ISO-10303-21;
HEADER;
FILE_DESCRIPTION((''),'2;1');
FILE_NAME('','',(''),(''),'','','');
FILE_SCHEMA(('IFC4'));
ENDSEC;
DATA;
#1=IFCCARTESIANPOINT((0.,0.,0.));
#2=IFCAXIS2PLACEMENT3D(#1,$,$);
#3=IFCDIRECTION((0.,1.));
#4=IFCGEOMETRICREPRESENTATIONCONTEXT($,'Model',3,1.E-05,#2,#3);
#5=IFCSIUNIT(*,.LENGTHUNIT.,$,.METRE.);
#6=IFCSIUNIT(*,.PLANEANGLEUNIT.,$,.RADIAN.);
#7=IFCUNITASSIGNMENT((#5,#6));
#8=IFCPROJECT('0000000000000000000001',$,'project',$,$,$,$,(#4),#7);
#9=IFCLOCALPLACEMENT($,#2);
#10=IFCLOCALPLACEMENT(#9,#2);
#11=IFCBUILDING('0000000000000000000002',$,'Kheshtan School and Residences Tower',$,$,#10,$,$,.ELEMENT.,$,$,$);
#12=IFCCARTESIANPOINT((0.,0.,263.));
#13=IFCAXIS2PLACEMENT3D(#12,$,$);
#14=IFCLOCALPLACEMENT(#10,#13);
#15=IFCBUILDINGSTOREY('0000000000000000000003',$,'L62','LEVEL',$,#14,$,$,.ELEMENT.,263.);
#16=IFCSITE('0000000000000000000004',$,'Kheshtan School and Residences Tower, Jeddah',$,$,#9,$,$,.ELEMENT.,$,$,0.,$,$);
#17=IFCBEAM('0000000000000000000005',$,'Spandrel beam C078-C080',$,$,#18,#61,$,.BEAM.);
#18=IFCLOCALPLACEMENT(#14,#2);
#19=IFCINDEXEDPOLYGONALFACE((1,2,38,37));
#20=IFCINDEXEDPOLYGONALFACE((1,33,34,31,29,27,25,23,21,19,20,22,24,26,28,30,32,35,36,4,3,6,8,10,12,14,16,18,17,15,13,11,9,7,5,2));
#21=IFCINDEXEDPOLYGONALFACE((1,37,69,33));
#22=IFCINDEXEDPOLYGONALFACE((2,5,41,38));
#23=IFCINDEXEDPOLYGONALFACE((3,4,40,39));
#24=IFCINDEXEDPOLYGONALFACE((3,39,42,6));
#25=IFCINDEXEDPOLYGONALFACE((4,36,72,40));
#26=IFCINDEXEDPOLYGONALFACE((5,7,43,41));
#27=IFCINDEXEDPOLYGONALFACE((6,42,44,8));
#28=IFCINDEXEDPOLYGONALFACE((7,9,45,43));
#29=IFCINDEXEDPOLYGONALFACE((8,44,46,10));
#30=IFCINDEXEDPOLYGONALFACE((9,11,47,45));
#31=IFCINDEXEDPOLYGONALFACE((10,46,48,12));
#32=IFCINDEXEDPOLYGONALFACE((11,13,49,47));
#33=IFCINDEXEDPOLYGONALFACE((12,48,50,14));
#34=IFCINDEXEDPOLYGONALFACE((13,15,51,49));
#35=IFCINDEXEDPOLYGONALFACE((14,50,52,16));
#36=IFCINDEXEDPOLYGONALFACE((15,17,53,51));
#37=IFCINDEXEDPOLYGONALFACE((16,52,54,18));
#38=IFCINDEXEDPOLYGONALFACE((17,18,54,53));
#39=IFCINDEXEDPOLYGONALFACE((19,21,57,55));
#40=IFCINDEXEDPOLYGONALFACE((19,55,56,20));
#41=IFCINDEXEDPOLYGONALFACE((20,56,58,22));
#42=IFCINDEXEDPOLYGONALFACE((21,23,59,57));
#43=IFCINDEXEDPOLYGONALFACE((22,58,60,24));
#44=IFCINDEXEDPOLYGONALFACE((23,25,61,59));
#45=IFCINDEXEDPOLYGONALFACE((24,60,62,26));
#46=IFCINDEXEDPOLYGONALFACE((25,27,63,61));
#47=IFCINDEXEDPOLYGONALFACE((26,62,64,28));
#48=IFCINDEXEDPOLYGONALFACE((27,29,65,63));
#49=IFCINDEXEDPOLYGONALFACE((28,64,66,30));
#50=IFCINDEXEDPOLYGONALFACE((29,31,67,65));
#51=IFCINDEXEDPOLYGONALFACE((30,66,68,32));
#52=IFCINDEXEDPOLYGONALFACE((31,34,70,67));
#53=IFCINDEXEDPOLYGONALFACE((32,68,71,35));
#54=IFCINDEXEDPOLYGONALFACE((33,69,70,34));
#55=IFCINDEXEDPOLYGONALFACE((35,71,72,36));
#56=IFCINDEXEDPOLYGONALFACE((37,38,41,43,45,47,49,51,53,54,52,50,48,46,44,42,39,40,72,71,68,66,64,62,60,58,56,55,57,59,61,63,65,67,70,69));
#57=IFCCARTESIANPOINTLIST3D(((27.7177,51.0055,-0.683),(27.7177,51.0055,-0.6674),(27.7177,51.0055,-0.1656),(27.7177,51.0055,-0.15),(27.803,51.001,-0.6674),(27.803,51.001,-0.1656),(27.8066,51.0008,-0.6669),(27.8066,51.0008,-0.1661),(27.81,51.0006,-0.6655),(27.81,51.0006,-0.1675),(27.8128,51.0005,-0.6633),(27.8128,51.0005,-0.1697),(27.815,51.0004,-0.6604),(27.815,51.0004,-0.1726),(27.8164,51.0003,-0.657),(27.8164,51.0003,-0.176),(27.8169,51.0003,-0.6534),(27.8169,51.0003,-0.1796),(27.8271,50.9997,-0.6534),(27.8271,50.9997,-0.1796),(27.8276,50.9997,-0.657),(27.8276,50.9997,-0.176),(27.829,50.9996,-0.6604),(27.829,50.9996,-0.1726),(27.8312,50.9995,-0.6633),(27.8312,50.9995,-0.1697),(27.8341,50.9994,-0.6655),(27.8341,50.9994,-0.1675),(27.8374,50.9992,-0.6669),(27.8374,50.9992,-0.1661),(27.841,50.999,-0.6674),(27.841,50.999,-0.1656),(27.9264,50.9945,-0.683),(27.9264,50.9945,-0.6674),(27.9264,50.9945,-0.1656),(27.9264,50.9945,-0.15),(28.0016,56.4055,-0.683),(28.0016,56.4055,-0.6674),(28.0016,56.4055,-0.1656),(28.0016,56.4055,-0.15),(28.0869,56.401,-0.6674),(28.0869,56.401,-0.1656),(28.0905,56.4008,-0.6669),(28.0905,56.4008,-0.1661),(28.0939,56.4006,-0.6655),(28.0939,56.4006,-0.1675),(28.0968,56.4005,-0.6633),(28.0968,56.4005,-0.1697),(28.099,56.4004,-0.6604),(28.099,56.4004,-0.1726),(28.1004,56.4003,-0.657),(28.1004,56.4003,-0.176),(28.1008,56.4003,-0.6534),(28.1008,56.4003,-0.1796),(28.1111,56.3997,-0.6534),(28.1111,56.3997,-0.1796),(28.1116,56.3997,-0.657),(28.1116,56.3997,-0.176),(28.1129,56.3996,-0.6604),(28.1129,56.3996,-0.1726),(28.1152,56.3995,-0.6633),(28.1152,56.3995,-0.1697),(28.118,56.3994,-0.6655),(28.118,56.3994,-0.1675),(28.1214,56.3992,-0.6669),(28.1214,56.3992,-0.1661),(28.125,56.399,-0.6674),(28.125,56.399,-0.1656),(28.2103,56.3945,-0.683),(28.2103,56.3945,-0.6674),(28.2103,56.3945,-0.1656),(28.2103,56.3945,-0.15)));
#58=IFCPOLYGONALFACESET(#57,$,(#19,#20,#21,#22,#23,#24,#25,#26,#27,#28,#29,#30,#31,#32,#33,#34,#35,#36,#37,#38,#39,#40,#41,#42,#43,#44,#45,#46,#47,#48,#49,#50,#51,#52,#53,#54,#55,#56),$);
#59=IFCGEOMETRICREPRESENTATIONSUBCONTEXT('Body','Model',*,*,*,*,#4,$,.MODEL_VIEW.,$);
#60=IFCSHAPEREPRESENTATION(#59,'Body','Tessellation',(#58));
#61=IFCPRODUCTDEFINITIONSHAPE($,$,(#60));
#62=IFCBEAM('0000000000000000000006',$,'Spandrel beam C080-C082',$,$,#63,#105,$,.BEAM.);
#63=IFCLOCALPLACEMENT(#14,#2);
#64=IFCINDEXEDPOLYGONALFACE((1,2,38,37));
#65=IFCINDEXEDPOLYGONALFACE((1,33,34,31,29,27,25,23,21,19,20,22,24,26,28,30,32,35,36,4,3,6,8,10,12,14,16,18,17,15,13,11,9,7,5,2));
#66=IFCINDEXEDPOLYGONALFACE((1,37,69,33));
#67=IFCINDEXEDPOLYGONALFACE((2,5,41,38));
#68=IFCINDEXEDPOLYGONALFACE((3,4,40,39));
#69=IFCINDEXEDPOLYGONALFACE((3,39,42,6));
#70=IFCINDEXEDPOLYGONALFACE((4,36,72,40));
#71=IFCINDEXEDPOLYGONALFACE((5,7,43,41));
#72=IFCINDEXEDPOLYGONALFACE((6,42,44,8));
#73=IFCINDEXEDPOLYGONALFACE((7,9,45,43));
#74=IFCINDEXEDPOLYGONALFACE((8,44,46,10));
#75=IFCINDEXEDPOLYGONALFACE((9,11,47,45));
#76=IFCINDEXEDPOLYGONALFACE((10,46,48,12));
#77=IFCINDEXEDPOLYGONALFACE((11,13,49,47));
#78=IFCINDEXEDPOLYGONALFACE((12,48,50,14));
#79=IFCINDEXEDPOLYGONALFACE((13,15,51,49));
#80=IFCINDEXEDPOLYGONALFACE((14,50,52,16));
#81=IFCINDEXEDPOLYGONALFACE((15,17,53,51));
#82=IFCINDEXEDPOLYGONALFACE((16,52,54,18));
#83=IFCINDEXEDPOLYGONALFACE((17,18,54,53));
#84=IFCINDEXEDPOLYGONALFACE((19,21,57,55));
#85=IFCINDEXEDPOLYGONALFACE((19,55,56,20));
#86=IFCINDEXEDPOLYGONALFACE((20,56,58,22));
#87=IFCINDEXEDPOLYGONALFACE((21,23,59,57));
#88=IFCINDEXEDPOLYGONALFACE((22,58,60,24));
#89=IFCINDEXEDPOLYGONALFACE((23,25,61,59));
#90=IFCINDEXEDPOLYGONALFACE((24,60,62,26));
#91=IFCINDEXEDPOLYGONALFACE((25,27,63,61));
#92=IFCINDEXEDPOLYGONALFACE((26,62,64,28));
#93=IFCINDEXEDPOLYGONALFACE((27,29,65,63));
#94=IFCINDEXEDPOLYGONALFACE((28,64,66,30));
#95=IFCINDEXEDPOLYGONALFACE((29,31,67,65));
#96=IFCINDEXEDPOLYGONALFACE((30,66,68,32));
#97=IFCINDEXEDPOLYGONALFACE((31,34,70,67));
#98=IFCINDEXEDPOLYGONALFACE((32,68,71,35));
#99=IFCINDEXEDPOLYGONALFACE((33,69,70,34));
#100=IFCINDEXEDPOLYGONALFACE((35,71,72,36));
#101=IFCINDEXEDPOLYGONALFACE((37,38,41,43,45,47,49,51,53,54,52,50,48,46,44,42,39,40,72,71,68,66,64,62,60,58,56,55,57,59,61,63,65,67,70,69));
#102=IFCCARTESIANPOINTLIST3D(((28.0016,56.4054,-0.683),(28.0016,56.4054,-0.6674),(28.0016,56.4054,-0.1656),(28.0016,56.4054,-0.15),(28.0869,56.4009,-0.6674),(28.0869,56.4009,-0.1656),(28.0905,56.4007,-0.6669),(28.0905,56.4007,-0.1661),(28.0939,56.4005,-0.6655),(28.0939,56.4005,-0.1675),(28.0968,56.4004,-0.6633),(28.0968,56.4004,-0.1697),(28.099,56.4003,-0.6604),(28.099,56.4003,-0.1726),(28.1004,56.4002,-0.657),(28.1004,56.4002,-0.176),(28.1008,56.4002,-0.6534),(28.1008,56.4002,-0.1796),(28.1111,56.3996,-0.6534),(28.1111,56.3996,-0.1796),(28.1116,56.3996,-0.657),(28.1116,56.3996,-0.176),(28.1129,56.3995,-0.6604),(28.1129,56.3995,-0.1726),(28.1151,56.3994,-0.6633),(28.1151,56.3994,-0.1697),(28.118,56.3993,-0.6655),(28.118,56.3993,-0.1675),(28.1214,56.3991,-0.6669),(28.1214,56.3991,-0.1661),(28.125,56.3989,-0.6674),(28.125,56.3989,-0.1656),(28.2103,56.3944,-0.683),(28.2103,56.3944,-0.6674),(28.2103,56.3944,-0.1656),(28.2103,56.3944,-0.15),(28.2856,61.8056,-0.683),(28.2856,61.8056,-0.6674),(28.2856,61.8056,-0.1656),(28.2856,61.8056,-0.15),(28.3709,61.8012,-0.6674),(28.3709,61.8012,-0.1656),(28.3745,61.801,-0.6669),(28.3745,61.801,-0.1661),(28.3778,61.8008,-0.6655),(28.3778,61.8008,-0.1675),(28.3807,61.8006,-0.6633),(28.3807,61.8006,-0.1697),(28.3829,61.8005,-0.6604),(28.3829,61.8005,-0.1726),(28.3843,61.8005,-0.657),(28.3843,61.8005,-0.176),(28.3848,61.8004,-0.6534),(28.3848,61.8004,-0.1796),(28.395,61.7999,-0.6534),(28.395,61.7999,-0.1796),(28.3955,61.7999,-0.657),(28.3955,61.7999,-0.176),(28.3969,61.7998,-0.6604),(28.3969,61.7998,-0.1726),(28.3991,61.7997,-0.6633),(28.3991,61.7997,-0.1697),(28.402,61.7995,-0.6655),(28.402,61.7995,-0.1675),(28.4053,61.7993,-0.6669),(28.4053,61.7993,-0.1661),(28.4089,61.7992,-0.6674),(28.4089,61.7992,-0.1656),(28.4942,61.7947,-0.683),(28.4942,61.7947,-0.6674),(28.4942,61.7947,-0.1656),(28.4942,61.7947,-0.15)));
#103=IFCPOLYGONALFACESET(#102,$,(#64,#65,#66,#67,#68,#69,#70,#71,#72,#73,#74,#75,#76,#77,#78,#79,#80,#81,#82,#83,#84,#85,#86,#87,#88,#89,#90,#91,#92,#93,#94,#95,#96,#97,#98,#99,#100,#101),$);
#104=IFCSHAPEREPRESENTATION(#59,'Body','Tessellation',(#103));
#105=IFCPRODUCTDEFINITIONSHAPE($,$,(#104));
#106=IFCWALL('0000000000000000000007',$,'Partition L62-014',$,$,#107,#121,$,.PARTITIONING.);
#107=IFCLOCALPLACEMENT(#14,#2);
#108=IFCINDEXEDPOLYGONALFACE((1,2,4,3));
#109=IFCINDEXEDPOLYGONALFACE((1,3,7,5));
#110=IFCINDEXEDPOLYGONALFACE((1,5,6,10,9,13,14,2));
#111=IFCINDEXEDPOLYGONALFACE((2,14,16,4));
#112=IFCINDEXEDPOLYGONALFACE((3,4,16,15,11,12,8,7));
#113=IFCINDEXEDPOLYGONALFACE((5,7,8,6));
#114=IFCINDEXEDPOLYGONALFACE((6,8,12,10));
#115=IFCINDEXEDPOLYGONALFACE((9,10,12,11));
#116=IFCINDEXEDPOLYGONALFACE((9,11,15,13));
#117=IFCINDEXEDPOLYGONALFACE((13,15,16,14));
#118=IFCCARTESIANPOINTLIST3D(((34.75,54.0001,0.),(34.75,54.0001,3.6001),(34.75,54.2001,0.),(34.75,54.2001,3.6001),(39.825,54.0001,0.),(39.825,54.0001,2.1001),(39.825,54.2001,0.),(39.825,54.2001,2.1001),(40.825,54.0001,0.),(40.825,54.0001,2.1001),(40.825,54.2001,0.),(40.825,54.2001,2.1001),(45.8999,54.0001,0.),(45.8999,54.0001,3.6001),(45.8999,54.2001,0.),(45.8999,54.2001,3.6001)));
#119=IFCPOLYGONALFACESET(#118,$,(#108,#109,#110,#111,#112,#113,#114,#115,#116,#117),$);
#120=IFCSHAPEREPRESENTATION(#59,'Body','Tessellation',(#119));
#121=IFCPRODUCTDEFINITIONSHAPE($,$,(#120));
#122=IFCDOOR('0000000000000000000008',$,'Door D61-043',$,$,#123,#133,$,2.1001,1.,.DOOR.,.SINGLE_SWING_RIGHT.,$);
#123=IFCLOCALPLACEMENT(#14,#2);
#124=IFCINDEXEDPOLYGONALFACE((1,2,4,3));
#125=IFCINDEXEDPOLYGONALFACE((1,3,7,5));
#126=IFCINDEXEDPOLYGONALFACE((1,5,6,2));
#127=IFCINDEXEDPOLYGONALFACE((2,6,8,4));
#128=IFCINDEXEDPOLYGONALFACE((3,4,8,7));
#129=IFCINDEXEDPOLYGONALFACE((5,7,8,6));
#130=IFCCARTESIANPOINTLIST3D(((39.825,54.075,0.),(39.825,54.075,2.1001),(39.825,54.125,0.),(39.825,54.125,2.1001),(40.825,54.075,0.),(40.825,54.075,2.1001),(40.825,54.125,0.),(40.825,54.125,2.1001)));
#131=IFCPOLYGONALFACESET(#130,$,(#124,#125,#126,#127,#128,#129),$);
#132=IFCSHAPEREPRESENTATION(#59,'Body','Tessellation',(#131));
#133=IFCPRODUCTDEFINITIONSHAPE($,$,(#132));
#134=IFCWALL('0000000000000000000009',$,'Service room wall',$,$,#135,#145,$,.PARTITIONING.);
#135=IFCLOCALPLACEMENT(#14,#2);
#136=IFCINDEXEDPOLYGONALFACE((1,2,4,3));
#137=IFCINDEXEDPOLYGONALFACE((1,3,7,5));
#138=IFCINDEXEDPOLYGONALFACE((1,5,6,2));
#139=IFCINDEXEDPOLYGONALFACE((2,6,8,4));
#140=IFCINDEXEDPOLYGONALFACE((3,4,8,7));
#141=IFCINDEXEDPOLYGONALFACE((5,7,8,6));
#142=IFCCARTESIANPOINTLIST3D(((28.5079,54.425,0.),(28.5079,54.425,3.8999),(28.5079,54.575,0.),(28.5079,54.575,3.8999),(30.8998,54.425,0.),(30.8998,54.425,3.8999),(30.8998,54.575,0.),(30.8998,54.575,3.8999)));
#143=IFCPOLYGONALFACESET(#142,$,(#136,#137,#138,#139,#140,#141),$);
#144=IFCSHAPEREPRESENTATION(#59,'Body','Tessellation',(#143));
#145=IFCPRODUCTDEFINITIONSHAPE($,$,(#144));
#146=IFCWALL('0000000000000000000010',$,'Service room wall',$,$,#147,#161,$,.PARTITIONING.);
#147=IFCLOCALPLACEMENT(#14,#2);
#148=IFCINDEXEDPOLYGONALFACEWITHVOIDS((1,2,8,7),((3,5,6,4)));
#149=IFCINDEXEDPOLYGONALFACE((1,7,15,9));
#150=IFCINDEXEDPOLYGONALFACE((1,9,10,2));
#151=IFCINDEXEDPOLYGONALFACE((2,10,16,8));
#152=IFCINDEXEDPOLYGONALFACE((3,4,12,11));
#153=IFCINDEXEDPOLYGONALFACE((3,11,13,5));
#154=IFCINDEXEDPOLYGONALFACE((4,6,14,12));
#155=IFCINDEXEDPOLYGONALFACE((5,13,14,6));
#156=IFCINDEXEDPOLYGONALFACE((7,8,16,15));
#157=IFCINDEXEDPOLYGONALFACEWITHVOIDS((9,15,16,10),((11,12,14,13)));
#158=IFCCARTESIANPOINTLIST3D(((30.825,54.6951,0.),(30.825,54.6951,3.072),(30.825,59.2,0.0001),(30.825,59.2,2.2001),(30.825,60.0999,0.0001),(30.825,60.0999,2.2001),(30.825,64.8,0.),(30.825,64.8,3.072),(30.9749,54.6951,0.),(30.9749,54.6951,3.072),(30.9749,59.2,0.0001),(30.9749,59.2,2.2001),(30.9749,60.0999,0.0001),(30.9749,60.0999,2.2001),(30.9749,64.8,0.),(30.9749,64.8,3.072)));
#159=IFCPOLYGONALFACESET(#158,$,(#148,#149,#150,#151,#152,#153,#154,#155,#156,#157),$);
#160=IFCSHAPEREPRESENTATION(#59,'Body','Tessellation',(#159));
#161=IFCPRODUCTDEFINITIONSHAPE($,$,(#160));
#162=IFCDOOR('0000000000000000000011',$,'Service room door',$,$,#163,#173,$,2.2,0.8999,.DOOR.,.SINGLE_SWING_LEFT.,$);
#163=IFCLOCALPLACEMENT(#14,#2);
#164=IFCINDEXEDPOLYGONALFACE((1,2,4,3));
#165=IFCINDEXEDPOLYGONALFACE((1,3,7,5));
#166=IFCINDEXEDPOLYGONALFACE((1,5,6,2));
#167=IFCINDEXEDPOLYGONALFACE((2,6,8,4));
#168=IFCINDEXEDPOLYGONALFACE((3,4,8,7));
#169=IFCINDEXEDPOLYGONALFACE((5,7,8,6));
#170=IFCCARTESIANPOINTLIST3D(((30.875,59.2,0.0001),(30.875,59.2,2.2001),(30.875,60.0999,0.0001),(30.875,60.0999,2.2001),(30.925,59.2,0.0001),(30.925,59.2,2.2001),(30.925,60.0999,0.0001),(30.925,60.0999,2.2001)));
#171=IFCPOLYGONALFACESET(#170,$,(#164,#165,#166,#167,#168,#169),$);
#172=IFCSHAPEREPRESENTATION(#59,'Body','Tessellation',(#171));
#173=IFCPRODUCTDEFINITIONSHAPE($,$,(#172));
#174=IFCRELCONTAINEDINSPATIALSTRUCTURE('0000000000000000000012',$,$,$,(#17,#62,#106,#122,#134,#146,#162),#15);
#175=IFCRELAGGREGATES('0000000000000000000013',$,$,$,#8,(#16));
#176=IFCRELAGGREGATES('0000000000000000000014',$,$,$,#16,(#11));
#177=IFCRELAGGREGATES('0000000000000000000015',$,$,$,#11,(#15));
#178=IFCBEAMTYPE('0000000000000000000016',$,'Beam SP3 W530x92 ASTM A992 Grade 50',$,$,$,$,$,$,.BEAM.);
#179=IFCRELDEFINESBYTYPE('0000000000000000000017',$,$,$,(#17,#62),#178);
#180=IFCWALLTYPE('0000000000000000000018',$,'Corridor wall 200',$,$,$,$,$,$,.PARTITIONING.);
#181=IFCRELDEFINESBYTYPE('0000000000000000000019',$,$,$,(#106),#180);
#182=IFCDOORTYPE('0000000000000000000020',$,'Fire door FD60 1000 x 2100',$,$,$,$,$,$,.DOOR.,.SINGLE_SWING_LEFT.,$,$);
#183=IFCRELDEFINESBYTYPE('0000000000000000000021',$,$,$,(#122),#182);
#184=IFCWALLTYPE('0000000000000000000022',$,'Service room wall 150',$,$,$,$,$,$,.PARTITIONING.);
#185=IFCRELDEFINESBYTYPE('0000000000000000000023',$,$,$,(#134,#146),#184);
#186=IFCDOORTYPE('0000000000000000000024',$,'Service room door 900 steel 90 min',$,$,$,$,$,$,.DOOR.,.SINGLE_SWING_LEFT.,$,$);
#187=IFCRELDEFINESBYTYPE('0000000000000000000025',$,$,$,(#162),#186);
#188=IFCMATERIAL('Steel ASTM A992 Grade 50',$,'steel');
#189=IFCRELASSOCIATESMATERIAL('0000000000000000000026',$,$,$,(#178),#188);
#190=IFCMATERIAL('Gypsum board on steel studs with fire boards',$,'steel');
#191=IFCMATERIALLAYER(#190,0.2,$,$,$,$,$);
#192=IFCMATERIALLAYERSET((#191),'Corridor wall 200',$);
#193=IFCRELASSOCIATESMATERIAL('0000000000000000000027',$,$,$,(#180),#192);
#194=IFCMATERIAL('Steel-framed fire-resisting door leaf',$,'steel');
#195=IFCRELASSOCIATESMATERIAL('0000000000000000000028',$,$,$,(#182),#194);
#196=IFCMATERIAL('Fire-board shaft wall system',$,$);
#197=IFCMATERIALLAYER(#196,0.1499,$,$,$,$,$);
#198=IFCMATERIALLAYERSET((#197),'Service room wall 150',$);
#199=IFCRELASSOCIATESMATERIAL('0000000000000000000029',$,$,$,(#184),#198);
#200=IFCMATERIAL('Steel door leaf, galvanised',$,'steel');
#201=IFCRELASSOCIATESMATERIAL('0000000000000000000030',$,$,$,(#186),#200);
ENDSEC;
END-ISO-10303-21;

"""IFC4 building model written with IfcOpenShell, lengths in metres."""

from ifc_helpers import new_model, si_unit, direction, frame, frame_2d, origin, origin_2d, place, context, subcontext, project, spatial, rectangle, i_section, extrude, source, transform, mapped, material, layer, layer_set, material_profile, profile_set, type_object, element, fill, save


model = new_model("IFC4")

# Units and contexts
model_context = context("Model", 3, precision=1e-05, world=origin(), true_north=direction((0.0, 1.0)))
body_context = subcontext(model_context, "Body", "Model", "MODEL_VIEW")
ifc_project = project(units=[si_unit("LENGTHUNIT", "METRE"), si_unit("PLANEANGLEUNIT", "RADIAN")], contexts=[model_context])

# Site, building, storey
site_placement = place(None, origin())
site = spatial("IfcSite", under=ifc_project, at=site_placement, Name="Kheshtan School and Residences Tower, Jeddah", CompositionType="ELEMENT", RefElevation=0.0)
building_placement = place(site_placement, origin())
building = spatial("IfcBuilding", under=site, at=building_placement, Name="Kheshtan School and Residences Tower", CompositionType="ELEMENT")
storey_placement = place(building_placement, frame((0.0, 0.0, 263.0)))
storey = spatial("IfcBuildingStorey", under=building, at=storey_placement, Name="L62", Description="LEVEL", CompositionType="ELEMENT", Elevation=263.0)

# Shared definitions
ifc_material_1 = material(Name="Steel ASTM A992 Grade 50", Category="steel")

# Beams
ifc_material_profile_1 = material_profile(ifc_material_1, i_section(OverallWidth=0.209, OverallDepth=0.533, WebThickness=0.0103, FlangeThickness=0.0156, FilletRadius=0.0139, at=origin_2d()), Name="W530x92")
ifc_profile_set_1 = profile_set([ifc_material_profile_1], Name="Steel ASTM A992 Grade 50")
beam_type = type_object("IfcBeamType", Name="Beam SP3 W530x92 ASTM A992 Grade 50", PredefinedType="BEAM", material=ifc_profile_set_1)
for number, where, z_axis, x_axis, name in (
    (1, (27.822, 51.0, -0.4165), (0.052509, 0.99862, 0.0), (-0.99862, 0.052509, 0.0), "Spandrel beam C078-C080"),
):
    element("IfcBeam", number, at=place(storey_placement, frame(where, z_axis=z_axis, x_axis=x_axis)), inside=storey, type_object=beam_type, Name=name, PredefinedType="BEAM", context=body_context, shape_type="SweptSolid", body=[
        extrude(i_section(OverallWidth=0.209, OverallDepth=0.533, WebThickness=0.0103, FlangeThickness=0.0156, FilletRadius=0.0139, at=origin_2d()), origin(), (0.0, 0.0, 1.0), 5.4075),
    ])
beam_placement = place(storey_placement, frame((28.106, 56.3999, -0.4165), z_axis=(0.052507, 0.998621, 0.0), x_axis=(-0.998621, 0.052507, 0.0)))
element("IfcBeam", 2, at=beam_placement, inside=storey, type_object=beam_type, Name="Spandrel beam C080-C082", PredefinedType="BEAM", context=body_context, shape_type="SweptSolid", body=[
    extrude(i_section(OverallWidth=0.209, OverallDepth=0.533, WebThickness=0.0103, FlangeThickness=0.0156, FilletRadius=0.0139, at=origin_2d()), origin(), (0.0, 0.0, 1.0), 5.4077),
])

# Wall, opening, door
ifc_material_2 = material(Name="Gypsum board on steel studs with fire boards", Category="steel")
ifc_layer_1 = layer(ifc_material_2, 0.2)
ifc_layer_set_1 = layer_set([ifc_layer_1], Name="Corridor wall 200")
wall_type_1 = type_object("IfcWallType", Name="Corridor wall 200", PredefinedType="PARTITIONING", material=ifc_layer_set_1)
wall_1_placement = place(storey_placement, frame((34.75, 54.1001, 0.0), z_axis=(0.0, 0.0, 1.0), x_axis=(1.0, 0.0, 0.0)))
wall_1 = element("IfcWall", 3, at=wall_1_placement, inside=storey, type_object=wall_type_1, Name="Partition L62-014", PredefinedType="PARTITIONING", context=body_context, shape_type="SweptSolid", body=[
    extrude(rectangle(XDim=11.1499, YDim=0.2, at=frame_2d((5.575, 0.0))), origin(), (0.0, 0.0, 1.0), 3.6001),
])
opening_1_placement = place(wall_1_placement, frame((5.075, 0.0, 0.0)))
opening_1 = element("IfcOpeningElement", 4, at=opening_1_placement, cuts=wall_1, PredefinedType="OPENING", context=body_context, shape_type="SweptSolid", body=[
    extrude(rectangle(XDim=1.0, YDim=2.1001, at=frame_2d((0.5, 1.05))), frame((0.0, 0.1099, 0.0), z_axis=(0.0, -1.0, 0.0), x_axis=(1.0, 0.0, 0.0)), (0.0, 0.0, 1.0), 0.22),
])
ifc_material_3 = material(Name="Steel-framed fire-resisting door leaf", Category="steel")
door_type_1 = type_object("IfcDoorType", Name="Fire door FD60 1000 x 2100", OperationType="SINGLE_SWING_LEFT", PredefinedType="DOOR", material=ifc_material_3)
shared_shape_1 = source(origin(), body_context, "Body", "SweptSolid", [
    extrude(rectangle(XDim=1.0, YDim=2.1001, at=frame_2d((0.5, 1.05))), frame((0.0, 0.0249, 0.0), z_axis=(0.0, -1.0, 0.0), x_axis=(1.0, 0.0, 0.0)), (0.0, 0.0, 1.0), 0.05),
])
door_1_placement = place(opening_1_placement, origin())
door_1 = element("IfcDoor", 5, at=door_1_placement, inside=storey, type_object=door_type_1, Name="Door D61-043", OperationType="SINGLE_SWING_RIGHT", OverallHeight=2.1001, OverallWidth=1.0, PredefinedType="DOOR", context=body_context, shape_type="MappedRepresentation", body=[
    mapped(shared_shape_1, transform((0.0, 0.0, 0.0), x_axis=(1.0, 0.0, 0.0), y_axis=(0.0, 1.0, 0.0), z_axis=(0.0, 0.0, 1.0), scale=1.0)),
])
fill(opening_1, door_1)

# Wall
ifc_material_4 = material(Name="Fire-board shaft wall system")
ifc_layer_2 = layer(ifc_material_4, 0.1499)
ifc_layer_set_2 = layer_set([ifc_layer_2], Name="Service room wall 150")
wall_type_2 = type_object("IfcWallType", Name="Service room wall 150", PredefinedType="PARTITIONING", material=ifc_layer_set_2)
wall_2_placement = place(storey_placement, frame((28.5081, 54.5, 0.0), z_axis=(0.0, 0.0, 1.0), x_axis=(1.0, 0.0, 0.0)))
element("IfcWall", 6, at=wall_2_placement, inside=storey, type_object=wall_type_2, Name="Service room wall", PredefinedType="PARTITIONING", context=body_context, shape_type="SweptSolid", body=[
    extrude(rectangle(XDim=2.3918, YDim=0.1499, at=frame_2d((1.1958, 0.0))), origin(), (0.0, 0.0, 1.0), 3.8999),
])

# Wall, opening, door
wall_3_placement = place(storey_placement, frame((30.8999, 54.6951, 0.0), z_axis=(0.0, 0.0, 1.0), x_axis=(0.0, 1.0, 0.0)))
wall_3 = element("IfcWall", 7, at=wall_3_placement, inside=storey, type_object=wall_type_2, Name="Service room wall", PredefinedType="PARTITIONING", context=body_context, shape_type="SweptSolid", body=[
    extrude(rectangle(XDim=10.105, YDim=0.1499, at=frame_2d((5.0525, 0.0))), origin(), (0.0, 0.0, 1.0), 3.072),
])
opening_2_placement = place(wall_3_placement, frame((4.5049, 0.0, 0.0)))
opening_2 = element("IfcOpeningElement", 8, at=opening_2_placement, cuts=wall_3, PredefinedType="OPENING", context=body_context, shape_type="SweptSolid", body=[
    extrude(rectangle(XDim=0.8999, YDim=2.2, at=frame_2d((0.45, 1.1001))), frame((0.0, 0.085, 0.0), z_axis=(0.0, -1.0, 0.0), x_axis=(1.0, 0.0, 0.0)), (0.0, 0.0, 1.0), 0.1699),
])
ifc_material_5 = material(Name="Steel door leaf, galvanised", Category="steel")
door_type_2 = type_object("IfcDoorType", Name="Service room door 900 steel 90 min", OperationType="SINGLE_SWING_LEFT", PredefinedType="DOOR", material=ifc_material_5)
shared_shape_2 = source(origin(), body_context, "Body", "SweptSolid", [
    extrude(rectangle(XDim=0.8999, YDim=2.2, at=frame_2d((0.45, 1.1001))), frame((0.0, 0.0249, 0.0), z_axis=(0.0, -1.0, 0.0), x_axis=(1.0, 0.0, 0.0)), (0.0, 0.0, 1.0), 0.05),
])
door_2_placement = place(opening_2_placement, origin())
door_2 = element("IfcDoor", 9, at=door_2_placement, inside=storey, type_object=door_type_2, Name="Service room door", OperationType="SINGLE_SWING_LEFT", OverallHeight=2.2, OverallWidth=0.8999, PredefinedType="DOOR", context=body_context, shape_type="MappedRepresentation", body=[
    mapped(shared_shape_2, transform((0.0, 0.0, 0.0), x_axis=(1.0, 0.0, 0.0), y_axis=(0.0, 1.0, 0.0), z_axis=(0.0, 0.0, 1.0), scale=1.0)),
])
fill(opening_2, door_2)

save(model, "model.ifc")
